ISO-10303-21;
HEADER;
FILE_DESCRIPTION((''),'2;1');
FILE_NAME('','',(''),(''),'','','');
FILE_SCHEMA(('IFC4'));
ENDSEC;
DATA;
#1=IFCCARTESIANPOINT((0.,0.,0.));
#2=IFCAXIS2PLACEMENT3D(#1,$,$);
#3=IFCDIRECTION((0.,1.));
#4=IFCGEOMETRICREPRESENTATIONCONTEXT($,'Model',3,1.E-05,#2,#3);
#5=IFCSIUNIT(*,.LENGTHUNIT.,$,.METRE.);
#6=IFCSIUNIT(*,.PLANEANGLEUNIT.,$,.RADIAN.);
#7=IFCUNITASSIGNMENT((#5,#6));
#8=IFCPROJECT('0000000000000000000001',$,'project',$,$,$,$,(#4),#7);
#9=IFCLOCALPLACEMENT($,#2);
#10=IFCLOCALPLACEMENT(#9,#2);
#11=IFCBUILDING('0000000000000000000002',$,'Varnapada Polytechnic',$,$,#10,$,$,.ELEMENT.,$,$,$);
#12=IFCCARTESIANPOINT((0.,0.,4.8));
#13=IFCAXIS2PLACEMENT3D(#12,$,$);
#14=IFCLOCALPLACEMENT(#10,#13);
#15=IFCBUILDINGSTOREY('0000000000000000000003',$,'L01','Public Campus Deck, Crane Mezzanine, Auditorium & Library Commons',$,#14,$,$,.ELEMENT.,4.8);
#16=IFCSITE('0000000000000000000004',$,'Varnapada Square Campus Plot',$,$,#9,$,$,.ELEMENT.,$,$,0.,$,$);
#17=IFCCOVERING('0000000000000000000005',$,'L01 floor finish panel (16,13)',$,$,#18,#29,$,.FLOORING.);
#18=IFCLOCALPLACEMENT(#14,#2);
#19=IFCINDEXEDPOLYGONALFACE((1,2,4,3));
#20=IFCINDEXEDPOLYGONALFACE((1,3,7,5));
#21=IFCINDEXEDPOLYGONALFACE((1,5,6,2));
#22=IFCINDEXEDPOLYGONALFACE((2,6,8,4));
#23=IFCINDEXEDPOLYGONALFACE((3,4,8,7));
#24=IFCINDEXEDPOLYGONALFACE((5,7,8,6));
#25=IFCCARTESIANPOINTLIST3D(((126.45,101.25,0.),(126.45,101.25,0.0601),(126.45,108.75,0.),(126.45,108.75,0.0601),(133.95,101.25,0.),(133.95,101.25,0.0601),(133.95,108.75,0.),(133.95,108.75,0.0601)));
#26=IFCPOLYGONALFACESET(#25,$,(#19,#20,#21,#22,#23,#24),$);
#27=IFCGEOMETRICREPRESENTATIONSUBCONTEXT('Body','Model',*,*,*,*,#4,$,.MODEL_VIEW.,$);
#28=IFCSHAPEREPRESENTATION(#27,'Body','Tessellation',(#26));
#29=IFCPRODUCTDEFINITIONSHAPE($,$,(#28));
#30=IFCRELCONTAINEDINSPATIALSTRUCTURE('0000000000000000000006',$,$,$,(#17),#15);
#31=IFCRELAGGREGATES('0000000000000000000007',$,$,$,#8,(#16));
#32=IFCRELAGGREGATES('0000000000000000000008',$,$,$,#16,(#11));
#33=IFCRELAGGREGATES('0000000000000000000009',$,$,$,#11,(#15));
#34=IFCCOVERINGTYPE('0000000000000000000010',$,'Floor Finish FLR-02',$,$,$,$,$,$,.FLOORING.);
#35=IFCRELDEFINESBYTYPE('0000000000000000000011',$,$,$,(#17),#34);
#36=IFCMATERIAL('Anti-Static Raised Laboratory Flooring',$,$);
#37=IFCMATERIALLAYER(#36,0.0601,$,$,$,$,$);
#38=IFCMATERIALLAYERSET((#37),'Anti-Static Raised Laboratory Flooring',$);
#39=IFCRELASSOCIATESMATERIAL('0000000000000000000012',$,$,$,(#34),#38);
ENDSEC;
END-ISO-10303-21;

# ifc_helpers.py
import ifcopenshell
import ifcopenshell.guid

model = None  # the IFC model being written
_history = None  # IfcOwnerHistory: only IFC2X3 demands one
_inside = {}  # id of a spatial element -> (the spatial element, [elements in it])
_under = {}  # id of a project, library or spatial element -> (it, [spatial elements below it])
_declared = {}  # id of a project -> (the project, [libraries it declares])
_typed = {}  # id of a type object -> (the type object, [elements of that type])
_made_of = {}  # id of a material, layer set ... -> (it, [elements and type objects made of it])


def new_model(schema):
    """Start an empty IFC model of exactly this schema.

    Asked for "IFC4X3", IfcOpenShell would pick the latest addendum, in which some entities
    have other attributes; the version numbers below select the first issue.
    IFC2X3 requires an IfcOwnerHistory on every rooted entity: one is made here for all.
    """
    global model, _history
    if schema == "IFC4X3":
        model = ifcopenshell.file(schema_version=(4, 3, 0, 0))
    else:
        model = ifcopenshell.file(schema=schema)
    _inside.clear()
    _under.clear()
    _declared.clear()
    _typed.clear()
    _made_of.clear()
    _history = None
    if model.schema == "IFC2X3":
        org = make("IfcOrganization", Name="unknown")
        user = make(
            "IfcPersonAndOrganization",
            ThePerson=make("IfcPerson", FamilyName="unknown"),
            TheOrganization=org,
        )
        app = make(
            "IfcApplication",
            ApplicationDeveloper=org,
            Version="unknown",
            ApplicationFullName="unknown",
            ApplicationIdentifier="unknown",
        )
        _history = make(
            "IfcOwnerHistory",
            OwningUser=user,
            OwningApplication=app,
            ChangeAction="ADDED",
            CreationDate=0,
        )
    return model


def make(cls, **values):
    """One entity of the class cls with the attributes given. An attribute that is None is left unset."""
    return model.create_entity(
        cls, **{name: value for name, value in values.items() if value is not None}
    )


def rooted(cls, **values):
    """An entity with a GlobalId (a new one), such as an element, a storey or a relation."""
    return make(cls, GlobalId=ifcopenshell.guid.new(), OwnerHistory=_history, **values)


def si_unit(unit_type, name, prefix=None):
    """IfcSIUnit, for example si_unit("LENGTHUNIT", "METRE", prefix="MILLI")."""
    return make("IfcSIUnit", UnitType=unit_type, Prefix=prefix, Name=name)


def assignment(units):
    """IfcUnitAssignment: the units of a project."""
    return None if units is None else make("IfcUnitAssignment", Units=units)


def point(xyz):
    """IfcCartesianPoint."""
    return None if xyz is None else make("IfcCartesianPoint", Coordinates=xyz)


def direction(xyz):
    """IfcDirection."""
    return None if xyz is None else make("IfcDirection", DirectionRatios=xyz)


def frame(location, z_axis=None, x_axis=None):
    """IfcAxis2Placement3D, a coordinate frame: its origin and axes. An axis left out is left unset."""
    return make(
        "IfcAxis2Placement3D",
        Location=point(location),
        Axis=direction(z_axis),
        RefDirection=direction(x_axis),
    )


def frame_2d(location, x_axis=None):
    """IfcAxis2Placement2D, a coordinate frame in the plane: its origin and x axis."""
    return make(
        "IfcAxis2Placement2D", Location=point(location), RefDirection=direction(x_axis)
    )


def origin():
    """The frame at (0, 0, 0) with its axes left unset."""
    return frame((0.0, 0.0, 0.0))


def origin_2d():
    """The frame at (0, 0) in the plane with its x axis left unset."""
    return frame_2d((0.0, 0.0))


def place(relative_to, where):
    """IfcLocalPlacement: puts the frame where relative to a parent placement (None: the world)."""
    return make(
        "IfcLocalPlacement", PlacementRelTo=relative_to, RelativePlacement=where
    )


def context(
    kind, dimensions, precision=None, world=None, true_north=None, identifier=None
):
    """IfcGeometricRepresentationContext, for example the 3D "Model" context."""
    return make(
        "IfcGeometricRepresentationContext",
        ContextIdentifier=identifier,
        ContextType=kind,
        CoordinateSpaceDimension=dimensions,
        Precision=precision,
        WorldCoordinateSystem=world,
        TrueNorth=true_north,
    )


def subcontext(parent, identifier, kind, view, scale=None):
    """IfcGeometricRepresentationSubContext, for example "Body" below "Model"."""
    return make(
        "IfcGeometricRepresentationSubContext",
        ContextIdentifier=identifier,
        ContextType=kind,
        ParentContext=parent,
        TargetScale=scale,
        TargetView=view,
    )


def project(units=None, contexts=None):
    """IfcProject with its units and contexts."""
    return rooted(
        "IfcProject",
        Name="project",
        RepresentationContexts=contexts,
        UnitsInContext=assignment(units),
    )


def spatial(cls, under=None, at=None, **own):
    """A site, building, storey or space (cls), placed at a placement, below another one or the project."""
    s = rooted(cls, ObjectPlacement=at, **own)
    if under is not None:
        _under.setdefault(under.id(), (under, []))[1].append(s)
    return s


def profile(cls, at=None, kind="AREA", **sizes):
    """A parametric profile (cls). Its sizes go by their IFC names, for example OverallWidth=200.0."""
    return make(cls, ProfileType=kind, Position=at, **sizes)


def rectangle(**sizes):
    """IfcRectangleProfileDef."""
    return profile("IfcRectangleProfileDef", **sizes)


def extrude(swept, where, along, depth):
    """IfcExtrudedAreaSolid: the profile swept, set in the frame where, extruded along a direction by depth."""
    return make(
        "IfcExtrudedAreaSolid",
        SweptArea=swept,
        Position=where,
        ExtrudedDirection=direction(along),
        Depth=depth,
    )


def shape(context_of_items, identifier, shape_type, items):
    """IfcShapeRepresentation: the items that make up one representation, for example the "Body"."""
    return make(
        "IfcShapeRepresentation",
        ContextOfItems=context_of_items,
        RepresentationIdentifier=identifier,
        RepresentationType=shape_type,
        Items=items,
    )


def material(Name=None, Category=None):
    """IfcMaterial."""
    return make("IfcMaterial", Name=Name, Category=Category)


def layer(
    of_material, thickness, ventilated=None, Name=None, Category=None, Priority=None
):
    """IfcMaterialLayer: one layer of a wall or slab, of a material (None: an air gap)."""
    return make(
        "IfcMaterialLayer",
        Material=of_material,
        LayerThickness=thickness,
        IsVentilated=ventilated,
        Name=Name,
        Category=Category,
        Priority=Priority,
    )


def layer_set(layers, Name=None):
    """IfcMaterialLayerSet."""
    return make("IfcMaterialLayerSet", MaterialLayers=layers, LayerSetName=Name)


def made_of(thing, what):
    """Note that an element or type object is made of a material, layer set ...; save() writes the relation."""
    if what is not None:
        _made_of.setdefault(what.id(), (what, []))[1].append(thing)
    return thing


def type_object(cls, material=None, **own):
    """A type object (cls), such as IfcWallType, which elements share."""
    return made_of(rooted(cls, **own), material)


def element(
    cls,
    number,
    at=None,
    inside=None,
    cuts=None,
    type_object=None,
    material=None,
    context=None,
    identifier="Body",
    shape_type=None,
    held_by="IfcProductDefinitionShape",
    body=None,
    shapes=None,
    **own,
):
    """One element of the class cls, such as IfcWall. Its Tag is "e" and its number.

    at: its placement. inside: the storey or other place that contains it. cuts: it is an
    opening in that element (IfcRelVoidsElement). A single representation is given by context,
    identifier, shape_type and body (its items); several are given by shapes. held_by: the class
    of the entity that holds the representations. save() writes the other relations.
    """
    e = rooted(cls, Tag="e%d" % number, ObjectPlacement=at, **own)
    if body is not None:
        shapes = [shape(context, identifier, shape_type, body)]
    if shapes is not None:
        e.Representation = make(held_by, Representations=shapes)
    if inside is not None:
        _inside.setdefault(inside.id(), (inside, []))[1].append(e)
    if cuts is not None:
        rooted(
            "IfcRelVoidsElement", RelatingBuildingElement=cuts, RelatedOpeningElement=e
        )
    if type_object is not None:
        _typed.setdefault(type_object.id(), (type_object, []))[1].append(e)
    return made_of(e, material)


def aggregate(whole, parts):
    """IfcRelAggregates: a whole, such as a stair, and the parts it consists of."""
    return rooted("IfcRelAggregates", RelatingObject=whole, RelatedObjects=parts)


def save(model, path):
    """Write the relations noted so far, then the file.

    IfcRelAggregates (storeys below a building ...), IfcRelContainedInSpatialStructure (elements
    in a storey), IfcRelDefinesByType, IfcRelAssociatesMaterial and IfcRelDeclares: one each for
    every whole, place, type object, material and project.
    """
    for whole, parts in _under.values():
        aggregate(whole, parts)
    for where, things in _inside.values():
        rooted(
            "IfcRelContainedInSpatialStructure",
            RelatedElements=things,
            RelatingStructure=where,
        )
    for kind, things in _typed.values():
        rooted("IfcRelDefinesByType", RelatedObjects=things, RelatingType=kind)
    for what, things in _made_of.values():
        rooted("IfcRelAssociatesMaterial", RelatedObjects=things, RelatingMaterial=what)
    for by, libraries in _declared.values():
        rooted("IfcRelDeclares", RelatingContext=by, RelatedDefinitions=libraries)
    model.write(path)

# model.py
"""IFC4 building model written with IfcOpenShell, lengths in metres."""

from ifc_helpers import new_model, si_unit, direction, frame, origin, origin_2d, place, context, subcontext, project, spatial, rectangle, extrude, material, layer, layer_set, type_object, element, save


model = new_model("IFC4")

# Units and contexts
model_context = context("Model", 3, precision=1e-05, world=origin(), true_north=direction((0.0, 1.0)))
body_context = subcontext(model_context, "Body", "Model", "MODEL_VIEW")
ifc_project = project(units=[si_unit("LENGTHUNIT", "METRE"), si_unit("PLANEANGLEUNIT", "RADIAN")], contexts=[model_context])

# Site, building, storey
site_placement = place(None, origin())
site = spatial("IfcSite", under=ifc_project, at=site_placement, Name="Varnapada Square Campus Plot", CompositionType="ELEMENT", RefElevation=0.0)
building_placement = place(site_placement, origin())
building = spatial("IfcBuilding", under=site, at=building_placement, Name="Varnapada Polytechnic", CompositionType="ELEMENT")
storey_placement = place(building_placement, frame((0.0, 0.0, 4.8)))
storey = spatial("IfcBuildingStorey", under=building, at=storey_placement, Name="L01", Description="Public Campus Deck, Crane Mezzanine, Auditorium & Library Commons", CompositionType="ELEMENT", Elevation=4.8)

# Covering
ifc_material_1 = material(Name="Anti-Static Raised Laboratory Flooring")
ifc_layer_1 = layer(ifc_material_1, 0.0601)
ifc_layer_set_1 = layer_set([ifc_layer_1], Name="Anti-Static Raised Laboratory Flooring")
covering_type = type_object("IfcCoveringType", Name="Floor Finish FLR-02", PredefinedType="FLOORING", material=ifc_layer_set_1)
covering_placement = place(storey_placement, frame((130.2, 105.0, 0.0), z_axis=(0.0, 0.0, 1.0), x_axis=(1.0, 0.0, 0.0)))
element("IfcCovering", 1, at=covering_placement, inside=storey, type_object=covering_type, Name="L01 floor finish panel (16,13)", PredefinedType="FLOORING", context=body_context, shape_type="SweptSolid", body=[
    extrude(rectangle(XDim=7.5, YDim=7.5, at=origin_2d()), origin(), (0.0, 0.0, 1.0), 0.0601),
])

save(model, "model.ifc")
